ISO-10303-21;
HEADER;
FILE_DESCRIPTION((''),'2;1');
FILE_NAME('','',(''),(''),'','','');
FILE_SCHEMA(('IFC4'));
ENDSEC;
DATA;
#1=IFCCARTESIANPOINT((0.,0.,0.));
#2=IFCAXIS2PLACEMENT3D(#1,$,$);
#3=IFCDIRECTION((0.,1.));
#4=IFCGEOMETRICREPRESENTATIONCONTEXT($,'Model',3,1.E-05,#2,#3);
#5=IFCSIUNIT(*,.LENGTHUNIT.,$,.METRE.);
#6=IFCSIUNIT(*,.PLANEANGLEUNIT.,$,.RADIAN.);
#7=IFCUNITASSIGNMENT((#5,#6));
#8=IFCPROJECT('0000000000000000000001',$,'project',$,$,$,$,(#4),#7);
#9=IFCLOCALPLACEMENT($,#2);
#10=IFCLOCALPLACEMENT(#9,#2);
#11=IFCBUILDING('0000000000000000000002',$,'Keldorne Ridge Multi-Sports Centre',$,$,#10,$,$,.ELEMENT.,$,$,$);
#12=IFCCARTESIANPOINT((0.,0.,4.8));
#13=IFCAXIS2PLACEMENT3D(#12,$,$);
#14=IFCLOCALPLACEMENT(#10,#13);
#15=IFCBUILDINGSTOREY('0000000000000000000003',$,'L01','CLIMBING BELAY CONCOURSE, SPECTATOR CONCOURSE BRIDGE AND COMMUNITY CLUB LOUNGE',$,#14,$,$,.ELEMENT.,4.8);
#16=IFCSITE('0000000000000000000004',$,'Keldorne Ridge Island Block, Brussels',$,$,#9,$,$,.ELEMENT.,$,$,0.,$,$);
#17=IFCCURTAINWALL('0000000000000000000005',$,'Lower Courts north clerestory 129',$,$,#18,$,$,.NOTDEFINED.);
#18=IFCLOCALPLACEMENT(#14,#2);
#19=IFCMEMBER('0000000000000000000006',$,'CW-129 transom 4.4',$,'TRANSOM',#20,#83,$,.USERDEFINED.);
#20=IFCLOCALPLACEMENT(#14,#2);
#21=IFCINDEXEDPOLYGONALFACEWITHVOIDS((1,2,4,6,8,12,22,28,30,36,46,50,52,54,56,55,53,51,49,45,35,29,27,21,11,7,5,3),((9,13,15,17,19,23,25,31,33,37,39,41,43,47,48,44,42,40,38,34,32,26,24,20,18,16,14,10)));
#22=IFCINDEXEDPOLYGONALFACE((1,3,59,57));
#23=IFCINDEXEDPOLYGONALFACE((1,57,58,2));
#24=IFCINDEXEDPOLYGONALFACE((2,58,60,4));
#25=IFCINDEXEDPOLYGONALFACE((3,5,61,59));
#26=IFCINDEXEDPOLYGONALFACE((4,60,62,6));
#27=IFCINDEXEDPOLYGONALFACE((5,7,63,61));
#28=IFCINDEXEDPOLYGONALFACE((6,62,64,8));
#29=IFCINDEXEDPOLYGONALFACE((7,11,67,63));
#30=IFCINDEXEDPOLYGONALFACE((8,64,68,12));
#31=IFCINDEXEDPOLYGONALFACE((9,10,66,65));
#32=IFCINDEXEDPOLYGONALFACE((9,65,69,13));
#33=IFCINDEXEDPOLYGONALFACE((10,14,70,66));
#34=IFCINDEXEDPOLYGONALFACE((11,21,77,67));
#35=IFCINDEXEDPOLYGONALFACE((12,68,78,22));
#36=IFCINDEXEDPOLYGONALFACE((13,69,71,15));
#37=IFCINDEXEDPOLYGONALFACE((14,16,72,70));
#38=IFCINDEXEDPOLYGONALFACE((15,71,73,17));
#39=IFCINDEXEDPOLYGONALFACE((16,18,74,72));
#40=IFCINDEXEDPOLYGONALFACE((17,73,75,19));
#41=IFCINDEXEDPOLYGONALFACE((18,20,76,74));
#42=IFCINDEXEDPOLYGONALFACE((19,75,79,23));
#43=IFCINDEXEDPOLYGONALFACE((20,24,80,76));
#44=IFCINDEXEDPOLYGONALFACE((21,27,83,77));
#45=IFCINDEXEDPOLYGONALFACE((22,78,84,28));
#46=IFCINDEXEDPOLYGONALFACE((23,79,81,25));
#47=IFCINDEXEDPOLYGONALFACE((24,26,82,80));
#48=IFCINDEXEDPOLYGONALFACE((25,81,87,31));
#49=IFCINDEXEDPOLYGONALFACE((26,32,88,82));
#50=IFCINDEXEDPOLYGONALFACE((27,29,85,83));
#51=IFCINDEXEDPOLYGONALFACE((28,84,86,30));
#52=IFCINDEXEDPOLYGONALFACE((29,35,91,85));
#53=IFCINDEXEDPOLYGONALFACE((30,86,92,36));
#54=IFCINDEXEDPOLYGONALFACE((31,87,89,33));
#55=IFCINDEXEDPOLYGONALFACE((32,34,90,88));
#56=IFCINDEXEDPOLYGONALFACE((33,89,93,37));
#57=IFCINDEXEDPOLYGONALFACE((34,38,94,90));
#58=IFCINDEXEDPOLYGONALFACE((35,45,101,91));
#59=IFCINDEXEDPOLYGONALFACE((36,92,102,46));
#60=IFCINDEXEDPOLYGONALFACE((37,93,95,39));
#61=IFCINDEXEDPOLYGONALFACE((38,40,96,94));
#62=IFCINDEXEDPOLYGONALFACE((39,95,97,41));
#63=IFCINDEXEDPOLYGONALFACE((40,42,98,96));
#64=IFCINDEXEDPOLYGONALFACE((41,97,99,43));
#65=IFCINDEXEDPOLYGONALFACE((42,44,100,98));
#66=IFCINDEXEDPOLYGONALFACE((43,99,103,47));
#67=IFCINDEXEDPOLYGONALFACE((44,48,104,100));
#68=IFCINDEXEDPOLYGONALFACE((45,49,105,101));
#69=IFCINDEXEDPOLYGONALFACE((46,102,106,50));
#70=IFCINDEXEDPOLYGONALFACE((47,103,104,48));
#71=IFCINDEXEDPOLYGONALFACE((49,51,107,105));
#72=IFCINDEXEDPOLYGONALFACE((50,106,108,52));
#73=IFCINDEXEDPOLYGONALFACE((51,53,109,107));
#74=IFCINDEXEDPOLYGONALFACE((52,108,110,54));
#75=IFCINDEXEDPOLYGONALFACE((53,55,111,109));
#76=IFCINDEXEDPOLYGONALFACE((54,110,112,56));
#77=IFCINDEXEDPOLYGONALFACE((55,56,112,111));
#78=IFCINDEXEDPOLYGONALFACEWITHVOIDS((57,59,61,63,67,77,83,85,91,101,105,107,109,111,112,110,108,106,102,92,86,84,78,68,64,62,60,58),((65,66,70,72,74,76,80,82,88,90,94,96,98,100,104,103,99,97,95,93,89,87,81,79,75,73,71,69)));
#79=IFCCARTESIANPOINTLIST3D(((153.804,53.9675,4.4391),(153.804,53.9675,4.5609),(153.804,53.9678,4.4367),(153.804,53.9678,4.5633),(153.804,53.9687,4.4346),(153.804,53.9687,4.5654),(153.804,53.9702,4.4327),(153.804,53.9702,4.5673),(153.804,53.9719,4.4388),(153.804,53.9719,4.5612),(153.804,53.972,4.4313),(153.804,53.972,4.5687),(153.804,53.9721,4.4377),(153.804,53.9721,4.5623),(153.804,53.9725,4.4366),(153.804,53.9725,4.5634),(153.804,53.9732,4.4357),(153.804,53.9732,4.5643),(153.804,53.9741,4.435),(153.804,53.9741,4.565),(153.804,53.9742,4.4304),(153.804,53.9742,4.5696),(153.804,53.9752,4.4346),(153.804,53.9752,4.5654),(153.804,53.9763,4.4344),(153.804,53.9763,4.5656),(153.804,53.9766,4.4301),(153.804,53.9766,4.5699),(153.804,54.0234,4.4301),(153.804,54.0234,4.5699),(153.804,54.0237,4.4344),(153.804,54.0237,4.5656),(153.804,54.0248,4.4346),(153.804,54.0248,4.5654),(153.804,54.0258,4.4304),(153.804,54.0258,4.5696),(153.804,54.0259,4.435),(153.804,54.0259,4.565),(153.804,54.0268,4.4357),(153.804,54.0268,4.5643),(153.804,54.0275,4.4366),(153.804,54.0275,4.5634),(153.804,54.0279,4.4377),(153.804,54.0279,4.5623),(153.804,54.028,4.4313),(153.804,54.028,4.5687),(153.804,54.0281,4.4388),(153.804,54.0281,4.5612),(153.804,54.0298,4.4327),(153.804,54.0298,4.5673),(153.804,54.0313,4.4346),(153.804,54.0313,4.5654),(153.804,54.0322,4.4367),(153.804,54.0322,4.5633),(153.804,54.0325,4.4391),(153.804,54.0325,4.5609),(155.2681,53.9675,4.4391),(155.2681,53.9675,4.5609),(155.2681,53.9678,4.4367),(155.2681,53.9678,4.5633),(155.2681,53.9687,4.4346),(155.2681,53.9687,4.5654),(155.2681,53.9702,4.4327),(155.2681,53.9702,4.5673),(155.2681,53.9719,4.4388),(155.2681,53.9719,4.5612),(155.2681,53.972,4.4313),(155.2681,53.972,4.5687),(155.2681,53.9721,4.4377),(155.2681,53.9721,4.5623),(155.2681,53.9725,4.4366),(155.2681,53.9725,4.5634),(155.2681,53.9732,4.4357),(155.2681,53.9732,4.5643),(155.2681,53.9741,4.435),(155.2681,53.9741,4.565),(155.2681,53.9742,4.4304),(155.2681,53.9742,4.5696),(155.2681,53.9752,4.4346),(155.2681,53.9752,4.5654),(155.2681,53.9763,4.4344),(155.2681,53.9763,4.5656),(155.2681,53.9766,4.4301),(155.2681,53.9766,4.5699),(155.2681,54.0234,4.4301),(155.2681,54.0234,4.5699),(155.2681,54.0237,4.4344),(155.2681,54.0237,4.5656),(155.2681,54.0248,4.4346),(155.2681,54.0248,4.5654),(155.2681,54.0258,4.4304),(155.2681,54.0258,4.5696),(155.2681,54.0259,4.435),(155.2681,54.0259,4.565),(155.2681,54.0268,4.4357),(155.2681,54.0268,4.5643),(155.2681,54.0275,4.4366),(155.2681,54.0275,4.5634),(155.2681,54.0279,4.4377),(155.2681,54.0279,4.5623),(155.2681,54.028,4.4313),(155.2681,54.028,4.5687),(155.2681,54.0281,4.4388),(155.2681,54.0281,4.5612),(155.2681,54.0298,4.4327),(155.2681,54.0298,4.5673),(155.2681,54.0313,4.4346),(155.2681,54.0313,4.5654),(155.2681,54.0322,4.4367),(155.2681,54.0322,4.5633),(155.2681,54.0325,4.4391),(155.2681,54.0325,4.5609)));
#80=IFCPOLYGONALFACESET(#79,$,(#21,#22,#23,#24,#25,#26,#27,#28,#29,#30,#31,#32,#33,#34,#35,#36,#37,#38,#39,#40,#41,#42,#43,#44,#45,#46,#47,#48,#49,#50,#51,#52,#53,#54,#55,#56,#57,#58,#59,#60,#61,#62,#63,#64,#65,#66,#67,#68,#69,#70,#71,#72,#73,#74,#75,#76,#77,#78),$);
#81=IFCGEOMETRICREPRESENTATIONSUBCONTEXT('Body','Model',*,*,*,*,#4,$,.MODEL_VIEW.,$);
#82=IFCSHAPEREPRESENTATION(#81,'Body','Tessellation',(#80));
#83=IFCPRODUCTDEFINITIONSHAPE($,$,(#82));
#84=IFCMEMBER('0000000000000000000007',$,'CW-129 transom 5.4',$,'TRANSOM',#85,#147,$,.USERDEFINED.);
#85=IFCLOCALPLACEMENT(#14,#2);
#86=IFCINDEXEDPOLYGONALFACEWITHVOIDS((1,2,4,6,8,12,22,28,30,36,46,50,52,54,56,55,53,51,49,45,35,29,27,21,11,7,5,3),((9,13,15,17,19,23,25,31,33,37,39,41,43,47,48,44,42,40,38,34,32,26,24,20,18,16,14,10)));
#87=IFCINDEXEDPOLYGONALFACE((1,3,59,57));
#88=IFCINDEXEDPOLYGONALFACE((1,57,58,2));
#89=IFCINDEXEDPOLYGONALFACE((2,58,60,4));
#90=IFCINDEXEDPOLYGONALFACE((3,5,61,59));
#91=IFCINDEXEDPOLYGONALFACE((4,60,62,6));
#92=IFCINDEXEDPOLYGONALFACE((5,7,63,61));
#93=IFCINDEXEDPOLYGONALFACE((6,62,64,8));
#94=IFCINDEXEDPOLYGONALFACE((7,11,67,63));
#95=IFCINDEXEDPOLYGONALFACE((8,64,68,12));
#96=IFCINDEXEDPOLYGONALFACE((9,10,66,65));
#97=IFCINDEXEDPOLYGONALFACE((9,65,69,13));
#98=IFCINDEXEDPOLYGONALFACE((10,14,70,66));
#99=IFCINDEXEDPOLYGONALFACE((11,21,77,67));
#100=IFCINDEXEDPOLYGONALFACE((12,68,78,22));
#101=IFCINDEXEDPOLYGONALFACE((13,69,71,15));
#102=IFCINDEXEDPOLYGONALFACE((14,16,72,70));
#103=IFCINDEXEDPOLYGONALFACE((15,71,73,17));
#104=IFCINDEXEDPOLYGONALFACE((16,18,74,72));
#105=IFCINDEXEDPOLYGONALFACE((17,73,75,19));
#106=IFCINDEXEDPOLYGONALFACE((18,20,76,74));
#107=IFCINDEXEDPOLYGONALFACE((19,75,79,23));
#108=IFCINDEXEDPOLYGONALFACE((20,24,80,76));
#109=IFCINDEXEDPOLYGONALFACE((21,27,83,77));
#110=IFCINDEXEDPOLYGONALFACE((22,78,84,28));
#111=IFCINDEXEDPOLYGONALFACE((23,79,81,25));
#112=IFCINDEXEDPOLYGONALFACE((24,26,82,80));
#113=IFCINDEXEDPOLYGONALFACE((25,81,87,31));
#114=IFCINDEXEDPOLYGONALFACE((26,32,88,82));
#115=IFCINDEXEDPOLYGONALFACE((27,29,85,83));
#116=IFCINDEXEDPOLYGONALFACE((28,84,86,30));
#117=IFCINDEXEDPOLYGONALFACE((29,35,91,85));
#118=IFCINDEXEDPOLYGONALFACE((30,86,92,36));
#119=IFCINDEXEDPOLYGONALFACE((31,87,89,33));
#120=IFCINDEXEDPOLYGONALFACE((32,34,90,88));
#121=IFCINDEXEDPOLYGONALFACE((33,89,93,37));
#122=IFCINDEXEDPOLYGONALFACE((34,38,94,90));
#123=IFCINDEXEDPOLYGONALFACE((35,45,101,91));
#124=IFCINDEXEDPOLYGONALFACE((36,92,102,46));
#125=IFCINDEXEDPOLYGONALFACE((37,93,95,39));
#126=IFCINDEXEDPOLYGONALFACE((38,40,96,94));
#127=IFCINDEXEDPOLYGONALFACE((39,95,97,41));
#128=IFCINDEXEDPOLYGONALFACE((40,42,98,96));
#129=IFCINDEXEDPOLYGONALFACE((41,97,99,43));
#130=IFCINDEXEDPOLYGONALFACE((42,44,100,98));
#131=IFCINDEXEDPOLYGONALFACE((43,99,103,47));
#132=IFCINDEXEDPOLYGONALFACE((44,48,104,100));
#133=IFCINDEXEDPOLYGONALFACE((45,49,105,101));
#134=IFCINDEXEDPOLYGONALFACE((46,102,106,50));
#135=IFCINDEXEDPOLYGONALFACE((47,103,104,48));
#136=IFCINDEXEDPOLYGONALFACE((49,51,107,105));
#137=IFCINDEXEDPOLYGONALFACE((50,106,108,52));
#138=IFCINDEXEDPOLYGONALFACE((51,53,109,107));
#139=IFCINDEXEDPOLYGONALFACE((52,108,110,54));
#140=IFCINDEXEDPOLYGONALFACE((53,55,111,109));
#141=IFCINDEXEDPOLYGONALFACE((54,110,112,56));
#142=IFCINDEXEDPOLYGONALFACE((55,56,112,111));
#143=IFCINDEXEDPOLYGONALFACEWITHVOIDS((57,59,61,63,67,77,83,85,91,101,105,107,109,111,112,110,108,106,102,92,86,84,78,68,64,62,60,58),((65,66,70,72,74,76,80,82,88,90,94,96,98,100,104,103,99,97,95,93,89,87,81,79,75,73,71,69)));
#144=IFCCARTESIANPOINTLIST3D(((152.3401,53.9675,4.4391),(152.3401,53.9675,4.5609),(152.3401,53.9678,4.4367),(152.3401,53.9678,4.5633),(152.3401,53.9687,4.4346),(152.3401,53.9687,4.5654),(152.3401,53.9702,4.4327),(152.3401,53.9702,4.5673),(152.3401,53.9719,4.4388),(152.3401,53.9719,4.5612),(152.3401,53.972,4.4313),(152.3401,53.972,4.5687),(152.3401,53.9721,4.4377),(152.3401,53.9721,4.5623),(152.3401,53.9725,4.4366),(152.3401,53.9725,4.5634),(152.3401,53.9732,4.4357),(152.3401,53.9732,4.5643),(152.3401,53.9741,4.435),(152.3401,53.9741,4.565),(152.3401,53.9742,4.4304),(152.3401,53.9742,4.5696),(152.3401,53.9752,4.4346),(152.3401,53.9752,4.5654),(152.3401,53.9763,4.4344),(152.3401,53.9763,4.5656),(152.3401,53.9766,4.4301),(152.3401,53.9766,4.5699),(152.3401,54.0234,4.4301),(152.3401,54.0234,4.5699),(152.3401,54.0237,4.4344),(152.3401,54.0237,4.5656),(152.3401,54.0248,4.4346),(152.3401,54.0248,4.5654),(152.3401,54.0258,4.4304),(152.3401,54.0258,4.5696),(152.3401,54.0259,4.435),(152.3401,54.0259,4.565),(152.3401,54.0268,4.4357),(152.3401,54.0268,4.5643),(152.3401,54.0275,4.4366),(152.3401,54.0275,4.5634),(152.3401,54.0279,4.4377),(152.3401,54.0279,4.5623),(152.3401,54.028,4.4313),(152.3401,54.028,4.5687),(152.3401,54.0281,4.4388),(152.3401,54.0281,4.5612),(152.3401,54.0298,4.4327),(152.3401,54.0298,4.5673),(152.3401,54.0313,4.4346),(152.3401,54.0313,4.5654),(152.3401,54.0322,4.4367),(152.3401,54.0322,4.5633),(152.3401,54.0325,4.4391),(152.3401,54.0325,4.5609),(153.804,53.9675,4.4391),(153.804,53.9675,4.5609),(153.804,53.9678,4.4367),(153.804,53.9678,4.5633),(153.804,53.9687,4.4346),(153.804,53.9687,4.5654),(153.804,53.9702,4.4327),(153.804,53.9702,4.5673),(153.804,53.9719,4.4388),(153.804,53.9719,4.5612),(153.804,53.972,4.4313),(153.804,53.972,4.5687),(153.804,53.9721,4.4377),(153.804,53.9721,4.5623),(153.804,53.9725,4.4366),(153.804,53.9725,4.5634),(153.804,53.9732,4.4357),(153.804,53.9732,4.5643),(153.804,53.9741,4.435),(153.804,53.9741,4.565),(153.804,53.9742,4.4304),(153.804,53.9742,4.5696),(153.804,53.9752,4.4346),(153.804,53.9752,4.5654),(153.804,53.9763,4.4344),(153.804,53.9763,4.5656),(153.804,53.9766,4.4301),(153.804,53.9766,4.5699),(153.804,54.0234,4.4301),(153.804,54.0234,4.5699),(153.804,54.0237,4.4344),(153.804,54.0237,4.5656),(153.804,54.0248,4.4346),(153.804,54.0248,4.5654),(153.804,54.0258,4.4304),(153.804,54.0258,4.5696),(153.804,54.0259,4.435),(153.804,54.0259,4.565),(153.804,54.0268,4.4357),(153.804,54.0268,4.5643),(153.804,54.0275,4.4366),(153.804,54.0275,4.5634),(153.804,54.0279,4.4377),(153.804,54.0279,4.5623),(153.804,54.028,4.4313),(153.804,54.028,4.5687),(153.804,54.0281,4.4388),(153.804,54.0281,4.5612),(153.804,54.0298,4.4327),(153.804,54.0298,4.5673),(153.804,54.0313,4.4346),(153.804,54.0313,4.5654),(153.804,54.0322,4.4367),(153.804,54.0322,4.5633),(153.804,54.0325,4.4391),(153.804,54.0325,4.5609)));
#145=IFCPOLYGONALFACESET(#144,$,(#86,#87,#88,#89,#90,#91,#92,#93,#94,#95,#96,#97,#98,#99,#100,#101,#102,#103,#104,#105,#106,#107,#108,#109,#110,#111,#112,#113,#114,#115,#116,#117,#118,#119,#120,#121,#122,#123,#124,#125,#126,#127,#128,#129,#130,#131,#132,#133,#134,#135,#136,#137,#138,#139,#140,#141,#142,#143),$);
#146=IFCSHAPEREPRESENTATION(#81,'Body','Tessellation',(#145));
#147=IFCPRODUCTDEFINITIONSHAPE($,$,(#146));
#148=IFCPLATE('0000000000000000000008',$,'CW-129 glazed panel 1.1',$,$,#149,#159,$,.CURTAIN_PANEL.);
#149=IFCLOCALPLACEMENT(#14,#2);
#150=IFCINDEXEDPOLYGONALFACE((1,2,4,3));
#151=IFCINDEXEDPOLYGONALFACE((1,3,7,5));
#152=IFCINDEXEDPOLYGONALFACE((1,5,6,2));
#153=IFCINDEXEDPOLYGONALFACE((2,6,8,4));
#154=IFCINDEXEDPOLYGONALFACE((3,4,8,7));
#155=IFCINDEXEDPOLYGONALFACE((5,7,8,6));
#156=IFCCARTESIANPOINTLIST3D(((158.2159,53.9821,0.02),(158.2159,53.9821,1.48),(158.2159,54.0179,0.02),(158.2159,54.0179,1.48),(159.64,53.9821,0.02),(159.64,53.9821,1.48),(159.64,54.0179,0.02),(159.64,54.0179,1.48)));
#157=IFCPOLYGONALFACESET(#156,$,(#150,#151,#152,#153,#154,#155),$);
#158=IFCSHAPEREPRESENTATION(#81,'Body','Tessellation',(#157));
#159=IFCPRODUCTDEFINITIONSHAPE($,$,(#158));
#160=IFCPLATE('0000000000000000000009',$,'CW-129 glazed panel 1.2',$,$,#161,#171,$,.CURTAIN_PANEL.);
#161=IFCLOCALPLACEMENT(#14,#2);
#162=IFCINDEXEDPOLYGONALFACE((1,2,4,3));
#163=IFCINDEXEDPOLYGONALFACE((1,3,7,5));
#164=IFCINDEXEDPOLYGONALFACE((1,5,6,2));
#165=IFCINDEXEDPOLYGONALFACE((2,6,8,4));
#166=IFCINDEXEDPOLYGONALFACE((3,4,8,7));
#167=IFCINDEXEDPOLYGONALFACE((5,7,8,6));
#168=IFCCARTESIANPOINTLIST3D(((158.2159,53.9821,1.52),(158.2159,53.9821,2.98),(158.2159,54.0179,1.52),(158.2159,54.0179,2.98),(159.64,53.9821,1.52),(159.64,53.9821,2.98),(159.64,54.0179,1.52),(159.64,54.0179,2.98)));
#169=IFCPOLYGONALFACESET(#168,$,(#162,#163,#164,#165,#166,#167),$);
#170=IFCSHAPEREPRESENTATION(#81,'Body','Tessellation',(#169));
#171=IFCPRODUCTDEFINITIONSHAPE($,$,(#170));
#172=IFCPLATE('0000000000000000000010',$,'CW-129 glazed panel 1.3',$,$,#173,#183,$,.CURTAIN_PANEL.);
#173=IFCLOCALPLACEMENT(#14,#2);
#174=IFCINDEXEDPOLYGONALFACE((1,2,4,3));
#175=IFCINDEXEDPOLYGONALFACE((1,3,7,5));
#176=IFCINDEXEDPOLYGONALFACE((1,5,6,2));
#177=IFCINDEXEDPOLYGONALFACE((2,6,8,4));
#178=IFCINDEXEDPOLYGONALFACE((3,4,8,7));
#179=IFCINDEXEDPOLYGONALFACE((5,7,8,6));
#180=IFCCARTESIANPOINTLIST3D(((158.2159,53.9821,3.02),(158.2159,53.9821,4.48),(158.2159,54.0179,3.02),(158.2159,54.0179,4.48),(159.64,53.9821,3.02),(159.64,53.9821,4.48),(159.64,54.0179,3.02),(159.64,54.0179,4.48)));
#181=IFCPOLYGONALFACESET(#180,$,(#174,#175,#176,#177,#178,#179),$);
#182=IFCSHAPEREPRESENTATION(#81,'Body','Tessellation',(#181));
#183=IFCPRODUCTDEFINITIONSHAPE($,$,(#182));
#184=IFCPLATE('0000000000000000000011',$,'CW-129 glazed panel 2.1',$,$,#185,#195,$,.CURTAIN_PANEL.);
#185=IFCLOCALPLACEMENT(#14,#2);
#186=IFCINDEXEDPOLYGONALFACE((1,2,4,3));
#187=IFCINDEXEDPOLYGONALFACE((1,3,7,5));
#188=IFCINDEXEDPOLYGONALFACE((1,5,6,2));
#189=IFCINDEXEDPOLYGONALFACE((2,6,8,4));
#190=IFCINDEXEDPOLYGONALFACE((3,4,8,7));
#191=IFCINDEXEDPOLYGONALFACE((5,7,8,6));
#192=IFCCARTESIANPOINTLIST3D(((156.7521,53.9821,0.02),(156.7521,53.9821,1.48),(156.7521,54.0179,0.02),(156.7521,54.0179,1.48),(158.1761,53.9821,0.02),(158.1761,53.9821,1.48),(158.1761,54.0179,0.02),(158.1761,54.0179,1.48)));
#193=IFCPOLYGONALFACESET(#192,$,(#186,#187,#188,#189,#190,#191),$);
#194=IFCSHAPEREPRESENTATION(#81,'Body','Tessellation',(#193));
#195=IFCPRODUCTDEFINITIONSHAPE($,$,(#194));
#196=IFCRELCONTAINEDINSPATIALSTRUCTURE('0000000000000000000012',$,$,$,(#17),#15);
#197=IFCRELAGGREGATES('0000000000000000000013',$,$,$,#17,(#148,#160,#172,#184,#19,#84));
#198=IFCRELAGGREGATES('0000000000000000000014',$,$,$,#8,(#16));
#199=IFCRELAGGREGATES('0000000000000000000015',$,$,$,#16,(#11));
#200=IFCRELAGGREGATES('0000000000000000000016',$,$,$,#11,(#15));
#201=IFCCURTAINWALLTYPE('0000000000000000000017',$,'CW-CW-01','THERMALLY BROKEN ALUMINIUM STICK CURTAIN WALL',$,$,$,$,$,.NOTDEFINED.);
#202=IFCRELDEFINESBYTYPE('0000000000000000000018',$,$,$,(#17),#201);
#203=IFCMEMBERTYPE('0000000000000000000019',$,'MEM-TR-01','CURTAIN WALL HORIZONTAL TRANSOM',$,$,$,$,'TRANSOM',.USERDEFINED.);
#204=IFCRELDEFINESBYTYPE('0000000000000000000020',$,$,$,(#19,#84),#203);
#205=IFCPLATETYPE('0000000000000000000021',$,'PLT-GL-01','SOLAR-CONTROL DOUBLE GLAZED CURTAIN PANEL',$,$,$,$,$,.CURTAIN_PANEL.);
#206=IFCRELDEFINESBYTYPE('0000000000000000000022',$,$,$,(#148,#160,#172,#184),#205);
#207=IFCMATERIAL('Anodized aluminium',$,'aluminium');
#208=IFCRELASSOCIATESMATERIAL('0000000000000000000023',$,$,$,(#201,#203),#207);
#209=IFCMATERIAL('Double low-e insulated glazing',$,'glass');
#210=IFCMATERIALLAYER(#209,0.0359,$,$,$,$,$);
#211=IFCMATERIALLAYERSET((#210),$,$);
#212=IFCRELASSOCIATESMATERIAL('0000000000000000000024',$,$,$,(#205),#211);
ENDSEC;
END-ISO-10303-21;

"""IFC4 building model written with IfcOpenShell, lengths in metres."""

from ifc_helpers import new_model, si_unit, direction, frame, origin, origin_2d, place, context, subcontext, project, spatial, rectangle, hollow_rectangle, extrude, material, layer, layer_set, material_profile, profile_set, type_object, element, aggregate, save


model = new_model("IFC4")

# Units and contexts
model_context = context("Model", 3, precision=1e-05, world=origin(), true_north=direction((0.0, 1.0)))
body_context = subcontext(model_context, "Body", "Model", "MODEL_VIEW")
ifc_project = project(units=[si_unit("LENGTHUNIT", "METRE"), si_unit("PLANEANGLEUNIT", "RADIAN")], contexts=[model_context])

# Site, building, storey
site_placement = place(None, origin())
site = spatial("IfcSite", under=ifc_project, at=site_placement, Name="Keldorne Ridge Island Block, Brussels", CompositionType="ELEMENT", RefElevation=0.0)
building_placement = place(site_placement, origin())
building = spatial("IfcBuilding", under=site, at=building_placement, Name="Keldorne Ridge Multi-Sports Centre", CompositionType="ELEMENT")
storey_placement = place(building_placement, frame((0.0, 0.0, 4.8)))
storey = spatial("IfcBuildingStorey", under=building, at=storey_placement, Name="L01", Description="CLIMBING BELAY CONCOURSE, SPECTATOR CONCOURSE BRIDGE AND COMMUNITY CLUB LOUNGE", CompositionType="ELEMENT", Elevation=4.8)

# Curtain wall, members, plates
ifc_material_1 = material(Name="Anodized aluminium", Category="aluminium")
curtain_wall_type = type_object("IfcCurtainWallType", Name="CW-CW-01", Description="THERMALLY BROKEN ALUMINIUM STICK CURTAIN WALL", PredefinedType="NOTDEFINED", material=ifc_material_1)
curtain_wall_placement = place(storey_placement, origin())
curtain_wall = element("IfcCurtainWall", 1, at=curtain_wall_placement, inside=storey, type_object=curtain_wall_type, Name="Lower Courts north clerestory 129", PredefinedType="NOTDEFINED")
ifc_material_profile_1 = material_profile(ifc_material_1, hollow_rectangle(XDim=0.0649, YDim=0.1399, WallThickness=0.0044, InnerFilletRadius=0.0044, OuterFilletRadius=0.009, at=origin_2d()), Name="ALU TRANSOM 140x65x4.5")
ifc_profile_set_1 = profile_set([ifc_material_profile_1], Name="Anodized aluminium")
member_type_1 = type_object("IfcMemberType", Name="MEM-TR-01", Description="CURTAIN WALL HORIZONTAL TRANSOM", ElementType="TRANSOM", PredefinedType="USERDEFINED", material=ifc_profile_set_1)
member_1_placement = place(storey_placement, frame((155.2681, 54.0, 4.5), z_axis=(-1.0, 0.0, 0.0), x_axis=(0.0, -1.0, 0.0)))
member_1 = element("IfcMember", 2, at=member_1_placement, type_object=member_type_1, Name="CW-129 transom 4.4", ObjectType="TRANSOM", PredefinedType="USERDEFINED", context=body_context, shape_type="SweptSolid", body=[
    extrude(hollow_rectangle(XDim=0.0649, YDim=0.1399, WallThickness=0.0044, InnerFilletRadius=0.0044, OuterFilletRadius=0.009, at=origin_2d()), origin(), (0.0, 0.0, 1.0), 1.4641),
])
member_2_placement = place(storey_placement, frame((153.804, 54.0, 4.5), z_axis=(-1.0, 0.0, 0.0), x_axis=(0.0, -1.0, 0.0)))
member_2 = element("IfcMember", 3, at=member_2_placement, type_object=member_type_1, Name="CW-129 transom 5.4", ObjectType="TRANSOM", PredefinedType="USERDEFINED", context=body_context, shape_type="SweptSolid", body=[
    extrude(hollow_rectangle(XDim=0.0649, YDim=0.1399, WallThickness=0.0044, InnerFilletRadius=0.0044, OuterFilletRadius=0.009, at=origin_2d()), origin(), (0.0, 0.0, 1.0), 1.4639),
])
ifc_material_2 = material(Name="Double low-e insulated glazing", Category="glass")
ifc_layer = layer(ifc_material_2, 0.0359)
ifc_layer_set = layer_set([ifc_layer])
plate_type = type_object("IfcPlateType", Name="PLT-GL-01", Description="SOLAR-CONTROL DOUBLE GLAZED CURTAIN PANEL", PredefinedType="CURTAIN_PANEL", material=ifc_layer_set)
plate_1_placement = place(storey_placement, frame((158.928, 54.0, 0.02), z_axis=(0.0, 0.0, 1.0), x_axis=(-1.0, 0.0, 0.0)))
plate_1 = element("IfcPlate", 4, at=plate_1_placement, type_object=plate_type, Name="CW-129 glazed panel 1.1", PredefinedType="CURTAIN_PANEL", context=body_context, shape_type="SweptSolid", body=[
    extrude(rectangle(XDim=1.4241, YDim=0.0359, at=origin_2d()), origin(), (0.0, 0.0, 1.0), 1.46),
])
plate_2_placement = place(storey_placement, frame((158.928, 54.0, 1.52), z_axis=(0.0, 0.0, 1.0), x_axis=(-1.0, 0.0, 0.0)))
plate_2 = element("IfcPlate", 5, at=plate_2_placement, type_object=plate_type, Name="CW-129 glazed panel 1.2", PredefinedType="CURTAIN_PANEL", context=body_context, shape_type="SweptSolid", body=[
    extrude(rectangle(XDim=1.4241, YDim=0.0359, at=origin_2d()), origin(), (0.0, 0.0, 1.0), 1.46),
])
plate_3_placement = place(storey_placement, frame((158.928, 54.0, 3.02), z_axis=(0.0, 0.0, 1.0), x_axis=(-1.0, 0.0, 0.0)))
plate_3 = element("IfcPlate", 6, at=plate_3_placement, type_object=plate_type, Name="CW-129 glazed panel 1.3", PredefinedType="CURTAIN_PANEL", context=body_context, shape_type="SweptSolid", body=[
    extrude(rectangle(XDim=1.4241, YDim=0.0359, at=origin_2d()), origin(), (0.0, 0.0, 1.0), 1.46),
])
plate_4_placement = place(storey_placement, frame((157.4641, 54.0, 0.02), z_axis=(0.0, 0.0, 1.0), x_axis=(-1.0, 0.0, 0.0)))
plate_4 = element("IfcPlate", 7, at=plate_4_placement, type_object=plate_type, Name="CW-129 glazed panel 2.1", PredefinedType="CURTAIN_PANEL", context=body_context, shape_type="SweptSolid", body=[
    extrude(rectangle(XDim=1.4241, YDim=0.0359, at=origin_2d()), origin(), (0.0, 0.0, 1.0), 1.46),
])
aggregate(curtain_wall, [plate_1, plate_2, plate_3, plate_4, member_1, member_2])

save(model, "model.ifc")
